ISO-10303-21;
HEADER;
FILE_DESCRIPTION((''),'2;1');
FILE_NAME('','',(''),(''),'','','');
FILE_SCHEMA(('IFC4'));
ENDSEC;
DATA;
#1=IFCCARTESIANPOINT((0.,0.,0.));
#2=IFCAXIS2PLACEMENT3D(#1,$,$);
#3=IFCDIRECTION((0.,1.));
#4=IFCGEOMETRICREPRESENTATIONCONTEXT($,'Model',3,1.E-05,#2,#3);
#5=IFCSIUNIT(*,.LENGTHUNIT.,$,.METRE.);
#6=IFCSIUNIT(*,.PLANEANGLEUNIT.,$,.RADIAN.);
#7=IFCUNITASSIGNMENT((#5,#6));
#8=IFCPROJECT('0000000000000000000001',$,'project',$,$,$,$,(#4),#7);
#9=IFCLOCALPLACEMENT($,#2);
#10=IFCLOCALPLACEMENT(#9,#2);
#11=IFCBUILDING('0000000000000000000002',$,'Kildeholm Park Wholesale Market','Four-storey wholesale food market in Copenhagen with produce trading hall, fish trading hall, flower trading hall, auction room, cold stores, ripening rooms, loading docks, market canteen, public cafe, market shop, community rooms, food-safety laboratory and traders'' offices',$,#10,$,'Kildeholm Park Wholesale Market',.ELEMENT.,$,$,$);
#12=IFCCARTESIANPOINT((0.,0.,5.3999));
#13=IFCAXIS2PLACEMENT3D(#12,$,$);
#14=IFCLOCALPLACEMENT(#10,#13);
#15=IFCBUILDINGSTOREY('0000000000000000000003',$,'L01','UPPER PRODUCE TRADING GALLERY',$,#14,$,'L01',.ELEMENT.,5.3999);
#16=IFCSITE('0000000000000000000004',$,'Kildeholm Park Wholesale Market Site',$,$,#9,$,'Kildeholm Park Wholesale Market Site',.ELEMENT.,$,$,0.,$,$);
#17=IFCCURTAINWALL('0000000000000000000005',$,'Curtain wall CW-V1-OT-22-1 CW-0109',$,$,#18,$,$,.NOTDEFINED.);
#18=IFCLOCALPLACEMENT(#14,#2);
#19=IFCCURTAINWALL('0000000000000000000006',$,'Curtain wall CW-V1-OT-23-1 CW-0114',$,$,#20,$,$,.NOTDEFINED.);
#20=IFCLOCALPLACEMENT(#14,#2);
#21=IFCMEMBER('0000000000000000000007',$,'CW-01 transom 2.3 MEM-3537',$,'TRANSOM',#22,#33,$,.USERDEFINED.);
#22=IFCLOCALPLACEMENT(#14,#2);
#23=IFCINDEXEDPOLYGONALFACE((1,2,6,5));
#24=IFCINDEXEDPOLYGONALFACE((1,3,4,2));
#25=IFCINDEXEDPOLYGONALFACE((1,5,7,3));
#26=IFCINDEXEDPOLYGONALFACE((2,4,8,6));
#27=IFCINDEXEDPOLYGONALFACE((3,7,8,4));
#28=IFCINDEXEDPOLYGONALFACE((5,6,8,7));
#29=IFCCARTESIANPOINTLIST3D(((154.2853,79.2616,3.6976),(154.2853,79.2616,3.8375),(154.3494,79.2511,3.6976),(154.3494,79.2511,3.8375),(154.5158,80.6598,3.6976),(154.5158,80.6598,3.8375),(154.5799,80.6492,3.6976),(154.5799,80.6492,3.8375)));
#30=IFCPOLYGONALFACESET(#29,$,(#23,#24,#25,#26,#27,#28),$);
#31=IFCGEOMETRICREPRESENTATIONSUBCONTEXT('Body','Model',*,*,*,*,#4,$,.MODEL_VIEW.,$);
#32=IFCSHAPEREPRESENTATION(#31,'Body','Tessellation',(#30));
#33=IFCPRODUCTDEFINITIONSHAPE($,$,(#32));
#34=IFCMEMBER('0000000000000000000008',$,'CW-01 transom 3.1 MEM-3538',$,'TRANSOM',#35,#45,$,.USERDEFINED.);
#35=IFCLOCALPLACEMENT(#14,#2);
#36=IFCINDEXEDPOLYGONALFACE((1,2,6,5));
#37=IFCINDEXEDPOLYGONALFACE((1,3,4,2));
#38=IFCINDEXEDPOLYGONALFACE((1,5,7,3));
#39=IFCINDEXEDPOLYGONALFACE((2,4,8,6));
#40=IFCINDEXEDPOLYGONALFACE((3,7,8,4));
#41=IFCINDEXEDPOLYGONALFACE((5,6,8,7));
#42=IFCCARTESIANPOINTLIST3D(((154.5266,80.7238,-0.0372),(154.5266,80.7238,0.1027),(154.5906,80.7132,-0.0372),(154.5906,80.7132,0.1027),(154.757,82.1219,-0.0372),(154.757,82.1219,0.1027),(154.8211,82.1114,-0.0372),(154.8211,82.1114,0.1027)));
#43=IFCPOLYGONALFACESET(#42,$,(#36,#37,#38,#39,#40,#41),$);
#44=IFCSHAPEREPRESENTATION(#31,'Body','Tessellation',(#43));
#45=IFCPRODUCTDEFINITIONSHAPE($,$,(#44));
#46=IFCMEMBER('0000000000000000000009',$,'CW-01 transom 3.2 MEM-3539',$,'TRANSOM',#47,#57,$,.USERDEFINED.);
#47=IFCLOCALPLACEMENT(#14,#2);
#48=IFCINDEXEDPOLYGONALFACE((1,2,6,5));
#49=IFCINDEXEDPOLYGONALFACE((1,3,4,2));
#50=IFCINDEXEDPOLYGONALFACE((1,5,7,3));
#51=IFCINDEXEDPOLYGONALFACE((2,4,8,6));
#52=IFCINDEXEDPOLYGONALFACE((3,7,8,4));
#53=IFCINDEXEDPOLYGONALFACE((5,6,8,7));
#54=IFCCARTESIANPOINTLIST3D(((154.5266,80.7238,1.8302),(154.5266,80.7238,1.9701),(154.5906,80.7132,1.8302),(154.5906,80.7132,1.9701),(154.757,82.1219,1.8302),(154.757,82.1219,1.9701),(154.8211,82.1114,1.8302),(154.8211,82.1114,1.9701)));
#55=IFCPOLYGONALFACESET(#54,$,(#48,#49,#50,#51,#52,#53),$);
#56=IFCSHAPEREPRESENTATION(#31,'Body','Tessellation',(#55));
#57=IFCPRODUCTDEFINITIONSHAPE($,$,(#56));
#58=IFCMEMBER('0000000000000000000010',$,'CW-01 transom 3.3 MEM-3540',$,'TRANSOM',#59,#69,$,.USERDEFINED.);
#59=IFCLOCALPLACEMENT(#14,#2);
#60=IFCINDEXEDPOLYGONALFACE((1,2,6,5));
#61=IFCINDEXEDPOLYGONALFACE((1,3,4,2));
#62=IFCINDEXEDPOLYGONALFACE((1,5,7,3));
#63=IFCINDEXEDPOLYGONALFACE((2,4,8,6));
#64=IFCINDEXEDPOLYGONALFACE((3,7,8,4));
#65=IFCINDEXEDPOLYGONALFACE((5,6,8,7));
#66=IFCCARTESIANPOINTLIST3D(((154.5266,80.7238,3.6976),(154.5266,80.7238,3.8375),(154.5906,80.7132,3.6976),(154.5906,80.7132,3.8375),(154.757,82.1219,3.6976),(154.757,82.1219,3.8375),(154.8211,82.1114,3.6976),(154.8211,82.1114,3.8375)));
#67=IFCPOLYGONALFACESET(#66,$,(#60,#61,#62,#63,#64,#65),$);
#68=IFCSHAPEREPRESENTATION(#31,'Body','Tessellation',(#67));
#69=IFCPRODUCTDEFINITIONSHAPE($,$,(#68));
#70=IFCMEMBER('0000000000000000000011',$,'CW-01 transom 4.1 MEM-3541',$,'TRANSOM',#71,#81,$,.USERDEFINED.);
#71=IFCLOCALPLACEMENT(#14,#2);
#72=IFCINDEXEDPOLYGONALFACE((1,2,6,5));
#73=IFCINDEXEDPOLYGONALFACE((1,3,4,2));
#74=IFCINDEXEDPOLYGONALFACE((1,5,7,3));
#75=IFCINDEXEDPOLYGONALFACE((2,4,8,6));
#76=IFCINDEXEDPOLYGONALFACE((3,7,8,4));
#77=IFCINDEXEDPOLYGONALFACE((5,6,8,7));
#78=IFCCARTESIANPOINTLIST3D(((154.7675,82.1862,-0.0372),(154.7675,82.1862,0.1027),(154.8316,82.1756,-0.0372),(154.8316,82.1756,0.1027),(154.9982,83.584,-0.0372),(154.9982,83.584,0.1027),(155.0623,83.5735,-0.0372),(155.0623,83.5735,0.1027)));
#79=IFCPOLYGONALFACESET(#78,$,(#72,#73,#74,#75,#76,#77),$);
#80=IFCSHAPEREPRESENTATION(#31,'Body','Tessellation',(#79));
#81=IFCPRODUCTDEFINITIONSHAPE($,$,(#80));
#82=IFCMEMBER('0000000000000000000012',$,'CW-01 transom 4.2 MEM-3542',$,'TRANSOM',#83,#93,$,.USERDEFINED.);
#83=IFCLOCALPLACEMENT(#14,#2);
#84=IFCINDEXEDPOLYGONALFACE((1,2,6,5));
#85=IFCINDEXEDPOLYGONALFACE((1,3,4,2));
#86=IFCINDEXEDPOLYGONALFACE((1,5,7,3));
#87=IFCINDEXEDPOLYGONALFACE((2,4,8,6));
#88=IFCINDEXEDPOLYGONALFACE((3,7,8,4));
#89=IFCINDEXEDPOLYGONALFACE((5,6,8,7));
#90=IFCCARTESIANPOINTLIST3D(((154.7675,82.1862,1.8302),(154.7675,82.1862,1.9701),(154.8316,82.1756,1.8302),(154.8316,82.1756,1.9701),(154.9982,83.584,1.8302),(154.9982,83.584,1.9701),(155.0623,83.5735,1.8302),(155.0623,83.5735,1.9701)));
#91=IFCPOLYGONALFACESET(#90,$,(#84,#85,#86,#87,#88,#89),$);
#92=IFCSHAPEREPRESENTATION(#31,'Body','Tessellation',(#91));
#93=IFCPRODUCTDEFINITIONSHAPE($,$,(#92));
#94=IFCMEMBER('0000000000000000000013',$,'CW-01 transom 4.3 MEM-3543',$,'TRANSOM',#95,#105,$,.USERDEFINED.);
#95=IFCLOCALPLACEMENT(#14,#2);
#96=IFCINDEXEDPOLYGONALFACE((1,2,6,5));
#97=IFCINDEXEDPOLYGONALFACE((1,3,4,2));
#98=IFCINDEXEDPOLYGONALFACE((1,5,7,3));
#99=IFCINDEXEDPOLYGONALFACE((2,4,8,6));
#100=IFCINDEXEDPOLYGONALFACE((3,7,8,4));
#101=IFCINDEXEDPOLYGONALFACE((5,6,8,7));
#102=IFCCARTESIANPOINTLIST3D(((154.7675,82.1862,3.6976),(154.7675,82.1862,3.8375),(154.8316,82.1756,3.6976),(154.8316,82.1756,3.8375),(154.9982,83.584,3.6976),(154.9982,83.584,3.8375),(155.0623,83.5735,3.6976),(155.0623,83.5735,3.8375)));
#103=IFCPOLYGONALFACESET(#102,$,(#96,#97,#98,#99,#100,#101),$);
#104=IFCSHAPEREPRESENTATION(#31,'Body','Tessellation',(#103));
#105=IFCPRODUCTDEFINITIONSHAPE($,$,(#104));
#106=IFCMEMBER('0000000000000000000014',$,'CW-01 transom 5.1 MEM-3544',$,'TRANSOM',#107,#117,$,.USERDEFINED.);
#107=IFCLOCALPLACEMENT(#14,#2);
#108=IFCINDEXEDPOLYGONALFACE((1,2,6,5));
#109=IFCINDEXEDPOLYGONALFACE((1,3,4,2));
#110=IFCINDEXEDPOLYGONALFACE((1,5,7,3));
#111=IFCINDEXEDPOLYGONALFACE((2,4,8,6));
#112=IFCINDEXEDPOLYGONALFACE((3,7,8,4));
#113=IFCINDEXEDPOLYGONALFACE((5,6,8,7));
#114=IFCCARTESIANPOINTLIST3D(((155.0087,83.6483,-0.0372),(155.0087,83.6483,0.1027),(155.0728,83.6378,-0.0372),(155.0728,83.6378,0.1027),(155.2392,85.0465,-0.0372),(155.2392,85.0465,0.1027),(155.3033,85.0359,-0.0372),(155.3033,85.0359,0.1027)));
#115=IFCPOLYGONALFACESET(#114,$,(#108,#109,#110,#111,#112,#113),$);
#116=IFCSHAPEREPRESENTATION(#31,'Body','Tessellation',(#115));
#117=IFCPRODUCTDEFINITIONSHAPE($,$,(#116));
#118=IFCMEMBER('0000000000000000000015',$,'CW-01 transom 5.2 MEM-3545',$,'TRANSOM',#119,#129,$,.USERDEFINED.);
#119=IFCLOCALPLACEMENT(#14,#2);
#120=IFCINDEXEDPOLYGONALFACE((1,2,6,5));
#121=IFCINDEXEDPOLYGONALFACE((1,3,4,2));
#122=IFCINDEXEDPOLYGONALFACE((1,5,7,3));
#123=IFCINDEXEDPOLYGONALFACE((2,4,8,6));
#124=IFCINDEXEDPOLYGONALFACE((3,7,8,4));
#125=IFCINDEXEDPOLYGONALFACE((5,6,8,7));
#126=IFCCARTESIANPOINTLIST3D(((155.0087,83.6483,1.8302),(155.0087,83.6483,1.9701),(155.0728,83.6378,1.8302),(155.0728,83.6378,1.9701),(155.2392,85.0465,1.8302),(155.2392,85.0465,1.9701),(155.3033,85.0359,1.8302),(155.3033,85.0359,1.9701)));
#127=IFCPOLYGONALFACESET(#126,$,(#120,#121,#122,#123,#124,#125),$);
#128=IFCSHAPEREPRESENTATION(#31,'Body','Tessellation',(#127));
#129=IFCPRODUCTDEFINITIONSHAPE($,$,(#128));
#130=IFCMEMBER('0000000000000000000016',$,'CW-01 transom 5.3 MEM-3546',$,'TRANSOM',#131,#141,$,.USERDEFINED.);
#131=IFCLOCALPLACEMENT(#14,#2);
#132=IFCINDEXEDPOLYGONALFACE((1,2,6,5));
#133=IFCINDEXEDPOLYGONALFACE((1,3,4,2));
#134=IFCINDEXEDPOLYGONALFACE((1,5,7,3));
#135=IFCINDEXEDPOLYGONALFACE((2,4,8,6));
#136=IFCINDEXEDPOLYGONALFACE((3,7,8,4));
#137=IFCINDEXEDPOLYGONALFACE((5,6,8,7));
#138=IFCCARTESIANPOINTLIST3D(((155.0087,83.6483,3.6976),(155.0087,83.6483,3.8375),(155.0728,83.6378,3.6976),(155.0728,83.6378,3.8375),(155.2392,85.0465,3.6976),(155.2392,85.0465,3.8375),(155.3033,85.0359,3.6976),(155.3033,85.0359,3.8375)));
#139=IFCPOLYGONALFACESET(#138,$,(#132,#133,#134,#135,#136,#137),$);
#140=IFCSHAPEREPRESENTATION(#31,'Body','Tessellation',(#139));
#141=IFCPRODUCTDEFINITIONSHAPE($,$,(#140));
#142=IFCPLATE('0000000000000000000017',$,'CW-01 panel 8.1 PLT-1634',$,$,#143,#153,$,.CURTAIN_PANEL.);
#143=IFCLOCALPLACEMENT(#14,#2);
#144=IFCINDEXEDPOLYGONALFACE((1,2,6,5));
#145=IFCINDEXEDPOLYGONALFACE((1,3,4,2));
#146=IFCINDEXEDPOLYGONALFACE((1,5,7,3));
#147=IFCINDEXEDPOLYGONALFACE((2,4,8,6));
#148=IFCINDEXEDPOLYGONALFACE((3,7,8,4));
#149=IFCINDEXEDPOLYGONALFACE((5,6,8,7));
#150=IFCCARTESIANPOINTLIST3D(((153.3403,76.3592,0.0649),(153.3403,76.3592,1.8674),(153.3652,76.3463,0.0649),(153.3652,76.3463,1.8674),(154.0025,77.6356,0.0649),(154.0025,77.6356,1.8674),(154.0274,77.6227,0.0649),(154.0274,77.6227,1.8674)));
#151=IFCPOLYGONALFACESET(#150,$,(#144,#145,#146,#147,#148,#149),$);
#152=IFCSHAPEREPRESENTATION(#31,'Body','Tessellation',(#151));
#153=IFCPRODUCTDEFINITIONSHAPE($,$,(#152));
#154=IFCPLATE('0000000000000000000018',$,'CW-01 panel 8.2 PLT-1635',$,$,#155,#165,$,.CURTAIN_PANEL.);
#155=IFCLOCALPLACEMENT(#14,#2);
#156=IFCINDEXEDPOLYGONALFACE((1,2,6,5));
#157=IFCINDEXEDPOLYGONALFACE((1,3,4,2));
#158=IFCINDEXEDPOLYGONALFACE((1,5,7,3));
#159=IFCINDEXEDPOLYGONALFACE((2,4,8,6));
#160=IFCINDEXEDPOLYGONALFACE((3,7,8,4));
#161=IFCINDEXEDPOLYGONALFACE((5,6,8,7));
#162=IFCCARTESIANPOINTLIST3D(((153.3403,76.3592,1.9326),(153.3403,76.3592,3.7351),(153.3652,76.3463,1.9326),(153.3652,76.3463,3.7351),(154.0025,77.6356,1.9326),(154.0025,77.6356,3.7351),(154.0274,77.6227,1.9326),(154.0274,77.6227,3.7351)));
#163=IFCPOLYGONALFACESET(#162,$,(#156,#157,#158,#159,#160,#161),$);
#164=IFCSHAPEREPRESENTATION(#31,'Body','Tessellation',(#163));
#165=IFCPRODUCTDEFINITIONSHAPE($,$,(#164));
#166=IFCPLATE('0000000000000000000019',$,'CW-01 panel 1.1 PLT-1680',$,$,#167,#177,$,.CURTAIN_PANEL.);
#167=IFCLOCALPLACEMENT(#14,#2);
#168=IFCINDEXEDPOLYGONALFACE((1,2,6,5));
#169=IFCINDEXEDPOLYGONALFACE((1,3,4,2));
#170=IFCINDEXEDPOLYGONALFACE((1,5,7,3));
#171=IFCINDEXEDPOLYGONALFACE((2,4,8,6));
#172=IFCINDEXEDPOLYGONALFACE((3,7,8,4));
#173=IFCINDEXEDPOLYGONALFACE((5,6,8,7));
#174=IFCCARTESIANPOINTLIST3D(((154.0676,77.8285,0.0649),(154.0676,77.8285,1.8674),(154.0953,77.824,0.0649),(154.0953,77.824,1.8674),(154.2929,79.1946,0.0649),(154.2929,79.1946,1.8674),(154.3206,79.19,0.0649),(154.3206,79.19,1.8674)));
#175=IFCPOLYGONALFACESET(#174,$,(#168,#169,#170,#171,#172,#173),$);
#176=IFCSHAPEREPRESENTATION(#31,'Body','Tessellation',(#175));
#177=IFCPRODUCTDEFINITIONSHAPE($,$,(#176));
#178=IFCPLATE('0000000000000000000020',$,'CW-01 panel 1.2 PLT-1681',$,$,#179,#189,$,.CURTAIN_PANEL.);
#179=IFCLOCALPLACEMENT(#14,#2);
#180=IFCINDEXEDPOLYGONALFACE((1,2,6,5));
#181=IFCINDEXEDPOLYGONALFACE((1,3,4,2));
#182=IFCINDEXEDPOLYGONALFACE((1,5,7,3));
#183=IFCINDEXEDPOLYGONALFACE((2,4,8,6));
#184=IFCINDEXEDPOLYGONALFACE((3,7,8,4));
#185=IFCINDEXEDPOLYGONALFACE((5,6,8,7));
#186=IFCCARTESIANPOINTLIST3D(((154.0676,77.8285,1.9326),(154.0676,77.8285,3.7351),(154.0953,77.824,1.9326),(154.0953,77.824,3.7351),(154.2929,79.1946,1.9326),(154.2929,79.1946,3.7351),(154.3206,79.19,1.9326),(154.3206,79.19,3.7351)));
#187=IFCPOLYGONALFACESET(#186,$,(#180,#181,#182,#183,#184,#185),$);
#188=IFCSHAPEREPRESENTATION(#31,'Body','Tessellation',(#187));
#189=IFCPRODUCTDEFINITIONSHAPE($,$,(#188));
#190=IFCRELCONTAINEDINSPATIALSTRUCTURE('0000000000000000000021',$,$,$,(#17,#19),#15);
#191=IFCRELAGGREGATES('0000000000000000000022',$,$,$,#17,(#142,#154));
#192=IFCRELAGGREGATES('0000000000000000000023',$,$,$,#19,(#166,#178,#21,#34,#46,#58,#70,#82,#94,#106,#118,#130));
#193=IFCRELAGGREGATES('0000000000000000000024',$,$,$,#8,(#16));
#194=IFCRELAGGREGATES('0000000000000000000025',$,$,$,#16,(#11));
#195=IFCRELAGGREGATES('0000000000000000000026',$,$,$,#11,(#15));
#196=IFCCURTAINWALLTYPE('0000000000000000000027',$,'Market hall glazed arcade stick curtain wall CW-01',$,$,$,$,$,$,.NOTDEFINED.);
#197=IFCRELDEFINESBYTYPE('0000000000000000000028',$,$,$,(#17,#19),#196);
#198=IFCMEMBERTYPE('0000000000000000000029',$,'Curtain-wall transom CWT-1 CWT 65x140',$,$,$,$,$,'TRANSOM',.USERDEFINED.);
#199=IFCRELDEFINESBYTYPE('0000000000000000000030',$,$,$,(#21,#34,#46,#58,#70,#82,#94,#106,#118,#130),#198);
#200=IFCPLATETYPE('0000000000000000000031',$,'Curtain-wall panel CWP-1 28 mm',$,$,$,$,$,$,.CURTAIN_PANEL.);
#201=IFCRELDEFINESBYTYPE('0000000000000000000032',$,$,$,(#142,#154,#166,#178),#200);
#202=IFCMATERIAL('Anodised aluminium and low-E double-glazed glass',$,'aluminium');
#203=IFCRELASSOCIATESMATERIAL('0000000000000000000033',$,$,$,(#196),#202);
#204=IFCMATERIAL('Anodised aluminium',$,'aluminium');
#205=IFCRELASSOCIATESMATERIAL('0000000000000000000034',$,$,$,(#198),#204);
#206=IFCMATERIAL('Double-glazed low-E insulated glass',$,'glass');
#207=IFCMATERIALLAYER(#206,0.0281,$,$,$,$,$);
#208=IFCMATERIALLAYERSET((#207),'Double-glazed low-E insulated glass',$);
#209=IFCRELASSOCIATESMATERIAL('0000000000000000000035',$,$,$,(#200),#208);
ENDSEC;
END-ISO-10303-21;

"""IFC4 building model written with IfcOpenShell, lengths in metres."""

from ifc_helpers import new_model, si_unit, direction, frame, origin, origin_2d, place, context, subcontext, project, spatial, rectangle, extrude, material, layer, layer_set, material_profile, profile_set, type_object, element, aggregate, save


model = new_model("IFC4")

# Units and contexts
model_context = context("Model", 3, precision=1e-05, world=origin(), true_north=direction((0.0, 1.0)))
body_context = subcontext(model_context, "Body", "Model", "MODEL_VIEW")
ifc_project = project(units=[si_unit("LENGTHUNIT", "METRE"), si_unit("PLANEANGLEUNIT", "RADIAN")], contexts=[model_context])

# Site, building, storey
site_placement = place(None, origin())
site = spatial("IfcSite", under=ifc_project, at=site_placement, Name="Kildeholm Park Wholesale Market Site", LongName="Kildeholm Park Wholesale Market Site", CompositionType="ELEMENT", RefElevation=0.0)
building_placement = place(site_placement, origin())
building = spatial("IfcBuilding", under=site, at=building_placement, Name="Kildeholm Park Wholesale Market", Description="Four-storey wholesale food market in Copenhagen with produce trading hall, fish trading hall, flower trading hall, auction room, cold stores, ripening rooms, loading docks, market canteen, public cafe, market shop, community rooms, food-safety laboratory and traders' offices", LongName="Kildeholm Park Wholesale Market", CompositionType="ELEMENT")
storey_placement = place(building_placement, frame((0.0, 0.0, 5.3999)))
storey = spatial("IfcBuildingStorey", under=building, at=storey_placement, Name="L01", Description="UPPER PRODUCE TRADING GALLERY", LongName="L01", CompositionType="ELEMENT", Elevation=5.3999)

# Curtain walls
ifc_material_1 = material(Name="Anodised aluminium and low-E double-glazed glass", Category="aluminium")
curtain_wall_type = type_object("IfcCurtainWallType", Name="Market hall glazed arcade stick curtain wall CW-01", PredefinedType="NOTDEFINED", material=ifc_material_1)
curtain_wall_1_placement = place(storey_placement, origin())
curtain_wall_1 = element("IfcCurtainWall", 1, at=curtain_wall_1_placement, inside=storey, type_object=curtain_wall_type, Name="Curtain wall CW-V1-OT-22-1 CW-0109", PredefinedType="NOTDEFINED")
ifc_material_2 = material(Name="Anodised aluminium", Category="aluminium")
curtain_wall_2_placement = place(storey_placement, origin())
curtain_wall_2 = element("IfcCurtainWall", 2, at=curtain_wall_2_placement, inside=storey, type_object=curtain_wall_type, Name="Curtain wall CW-V1-OT-23-1 CW-0114", PredefinedType="NOTDEFINED")

# Members
ifc_material_profile_1 = material_profile(ifc_material_2, rectangle(XDim=0.0649, YDim=0.1399, at=origin_2d()), Name="CWT 65x140")
ifc_profile_set_1 = profile_set([ifc_material_profile_1], Name="Anodised aluminium")
member_type_1 = type_object("IfcMemberType", Name="Curtain-wall transom CWT-1 CWT 65x140", ElementType="TRANSOM", PredefinedType="USERDEFINED", material=ifc_profile_set_1)
member_1_placement = place(storey_placement, frame((154.3174, 79.2563, 3.7676), z_axis=(0.162639, 0.986686, 0.0), x_axis=(-0.986686, 0.162639, 0.0)))
member_1 = element("IfcMember", 3, at=member_1_placement, type_object=member_type_1, Name="CW-01 transom 2.3 MEM-3537", ObjectType="TRANSOM", PredefinedType="USERDEFINED", context=body_context, shape_type="SweptSolid", body=[
    extrude(rectangle(XDim=0.0649, YDim=0.1399, at=origin_2d()), origin(), (0.0, 0.0, 1.0), 1.417),
])
member_2_placement = place(storey_placement, frame((154.5586, 80.7185, 0.0327), z_axis=(0.162639, 0.986686, 0.0), x_axis=(-0.986686, 0.162639, 0.0)))
member_2 = element("IfcMember", 4, at=member_2_placement, type_object=member_type_1, Name="CW-01 transom 3.1 MEM-3538", ObjectType="TRANSOM", PredefinedType="USERDEFINED", context=body_context, shape_type="SweptSolid", body=[
    extrude(rectangle(XDim=0.0649, YDim=0.1399, at=origin_2d()), origin(), (0.0, 0.0, 1.0), 1.417),
])
member_3_placement = place(storey_placement, frame((154.5586, 80.7185, 1.9001), z_axis=(0.162639, 0.986686, 0.0), x_axis=(-0.986686, 0.162639, 0.0)))
member_3 = element("IfcMember", 5, at=member_3_placement, type_object=member_type_1, Name="CW-01 transom 3.2 MEM-3539", ObjectType="TRANSOM", PredefinedType="USERDEFINED", context=body_context, shape_type="SweptSolid", body=[
    extrude(rectangle(XDim=0.0649, YDim=0.1399, at=origin_2d()), origin(), (0.0, 0.0, 1.0), 1.417),
])
member_4_placement = place(storey_placement, frame((154.5586, 80.7185, 3.7676), z_axis=(0.162639, 0.986686, 0.0), x_axis=(-0.986686, 0.162639, 0.0)))
member_4 = element("IfcMember", 6, at=member_4_placement, type_object=member_type_1, Name="CW-01 transom 3.3 MEM-3540", ObjectType="TRANSOM", PredefinedType="USERDEFINED", context=body_context, shape_type="SweptSolid", body=[
    extrude(rectangle(XDim=0.0649, YDim=0.1399, at=origin_2d()), origin(), (0.0, 0.0, 1.0), 1.417),
])
member_5_placement = place(storey_placement, frame((154.7996, 82.1809, 0.0327), z_axis=(0.162834, 0.986653, 0.0), x_axis=(-0.986653, 0.162834, 0.0)))
member_5 = element("IfcMember", 7, at=member_5_placement, type_object=member_type_1, Name="CW-01 transom 4.1 MEM-3541", ObjectType="TRANSOM", PredefinedType="USERDEFINED", context=body_context, shape_type="SweptSolid", body=[
    extrude(rectangle(XDim=0.0649, YDim=0.1399, at=origin_2d()), origin(), (0.0, 0.0, 1.0), 1.4167),
])
member_6_placement = place(storey_placement, frame((154.7996, 82.1809, 1.9001), z_axis=(0.162834, 0.986653, 0.0), x_axis=(-0.986653, 0.162834, 0.0)))
member_6 = element("IfcMember", 8, at=member_6_placement, type_object=member_type_1, Name="CW-01 transom 4.2 MEM-3542", ObjectType="TRANSOM", PredefinedType="USERDEFINED", context=body_context, shape_type="SweptSolid", body=[
    extrude(rectangle(XDim=0.0649, YDim=0.1399, at=origin_2d()), origin(), (0.0, 0.0, 1.0), 1.4167),
])
member_7_placement = place(storey_placement, frame((154.7996, 82.1809, 3.7676), z_axis=(0.162834, 0.986653, 0.0), x_axis=(-0.986653, 0.162834, 0.0)))
member_7 = element("IfcMember", 9, at=member_7_placement, type_object=member_type_1, Name="CW-01 transom 4.3 MEM-3543", ObjectType="TRANSOM", PredefinedType="USERDEFINED", context=body_context, shape_type="SweptSolid", body=[
    extrude(rectangle(XDim=0.0649, YDim=0.1399, at=origin_2d()), origin(), (0.0, 0.0, 1.0), 1.4167),
])
member_8_placement = place(storey_placement, frame((155.0408, 83.6431, 0.0327), z_axis=(0.162639, 0.986686, 0.0), x_axis=(-0.986686, 0.162639, 0.0)))
member_8 = element("IfcMember", 10, at=member_8_placement, type_object=member_type_1, Name="CW-01 transom 5.1 MEM-3544", ObjectType="TRANSOM", PredefinedType="USERDEFINED", context=body_context, shape_type="SweptSolid", body=[
    extrude(rectangle(XDim=0.0649, YDim=0.1399, at=origin_2d()), origin(), (0.0, 0.0, 1.0), 1.417),
])
member_9_placement = place(storey_placement, frame((155.0408, 83.6431, 1.9001), z_axis=(0.162639, 0.986686, 0.0), x_axis=(-0.986686, 0.162639, 0.0)))
member_9 = element("IfcMember", 11, at=member_9_placement, type_object=member_type_1, Name="CW-01 transom 5.2 MEM-3545", ObjectType="TRANSOM", PredefinedType="USERDEFINED", context=body_context, shape_type="SweptSolid", body=[
    extrude(rectangle(XDim=0.0649, YDim=0.1399, at=origin_2d()), origin(), (0.0, 0.0, 1.0), 1.417),
])
member_10_placement = place(storey_placement, frame((155.0408, 83.6431, 3.7676), z_axis=(0.162639, 0.986686, 0.0), x_axis=(-0.986686, 0.162639, 0.0)))
member_10 = element("IfcMember", 12, at=member_10_placement, type_object=member_type_1, Name="CW-01 transom 5.3 MEM-3546", ObjectType="TRANSOM", PredefinedType="USERDEFINED", context=body_context, shape_type="SweptSolid", body=[
    extrude(rectangle(XDim=0.0649, YDim=0.1399, at=origin_2d()), origin(), (0.0, 0.0, 1.0), 1.417),
])

# Plates
ifc_material_3 = material(Name="Double-glazed low-E insulated glass", Category="glass")
ifc_layer = layer(ifc_material_3, 0.0281)
ifc_layer_set = layer_set([ifc_layer], Name="Double-glazed low-E insulated glass")
plate_type = type_object("IfcPlateType", Name="Curtain-wall panel CWP-1 28 mm", PredefinedType="CURTAIN_PANEL", material=ifc_layer_set)
plate_1_placement = place(storey_placement, frame((153.6838, 76.991, 0.0649), z_axis=(0.0, 0.0, 1.0), x_axis=(0.460514, 0.887652, 0.0)))
plate_1 = element("IfcPlate", 13, at=plate_1_placement, type_object=plate_type, Name="CW-01 panel 8.1 PLT-1634", PredefinedType="CURTAIN_PANEL", context=body_context, shape_type="SweptSolid", body=[
    extrude(rectangle(XDim=1.438, YDim=0.0281, at=origin_2d()), origin(), (0.0, 0.0, 1.0), 1.8025),
])
plate_2_placement = place(storey_placement, frame((153.6838, 76.991, 1.9326), z_axis=(0.0, 0.0, 1.0), x_axis=(0.460514, 0.887652, 0.0)))
plate_2 = element("IfcPlate", 14, at=plate_2_placement, type_object=plate_type, Name="CW-01 panel 8.2 PLT-1635", PredefinedType="CURTAIN_PANEL", context=body_context, shape_type="SweptSolid", body=[
    extrude(rectangle(XDim=1.438, YDim=0.0281, at=origin_2d()), origin(), (0.0, 0.0, 1.0), 1.8025),
])
aggregate(curtain_wall_1, [plate_1, plate_2])
plate_3_placement = place(storey_placement, frame((154.1941, 78.5093, 0.0649), z_axis=(0.0, 0.0, 1.0), x_axis=(0.162703, 0.986675, 0.0)))
plate_3 = element("IfcPlate", 15, at=plate_3_placement, type_object=plate_type, Name="CW-01 panel 1.1 PLT-1680", PredefinedType="CURTAIN_PANEL", context=body_context, shape_type="SweptSolid", body=[
    extrude(rectangle(XDim=1.3845, YDim=0.0281, at=origin_2d()), origin(), (0.0, 0.0, 1.0), 1.8025),
])
plate_4_placement = place(storey_placement, frame((154.1941, 78.5093, 1.9326), z_axis=(0.0, 0.0, 1.0), x_axis=(0.162703, 0.986675, 0.0)))
plate_4 = element("IfcPlate", 16, at=plate_4_placement, type_object=plate_type, Name="CW-01 panel 1.2 PLT-1681", PredefinedType="CURTAIN_PANEL", context=body_context, shape_type="SweptSolid", body=[
    extrude(rectangle(XDim=1.3845, YDim=0.0281, at=origin_2d()), origin(), (0.0, 0.0, 1.0), 1.8025),
])
aggregate(curtain_wall_2, [plate_3, plate_4, member_1, member_2, member_3, member_4, member_5, member_6, member_7, member_8, member_9, member_10])

save(model, "model.ifc")
